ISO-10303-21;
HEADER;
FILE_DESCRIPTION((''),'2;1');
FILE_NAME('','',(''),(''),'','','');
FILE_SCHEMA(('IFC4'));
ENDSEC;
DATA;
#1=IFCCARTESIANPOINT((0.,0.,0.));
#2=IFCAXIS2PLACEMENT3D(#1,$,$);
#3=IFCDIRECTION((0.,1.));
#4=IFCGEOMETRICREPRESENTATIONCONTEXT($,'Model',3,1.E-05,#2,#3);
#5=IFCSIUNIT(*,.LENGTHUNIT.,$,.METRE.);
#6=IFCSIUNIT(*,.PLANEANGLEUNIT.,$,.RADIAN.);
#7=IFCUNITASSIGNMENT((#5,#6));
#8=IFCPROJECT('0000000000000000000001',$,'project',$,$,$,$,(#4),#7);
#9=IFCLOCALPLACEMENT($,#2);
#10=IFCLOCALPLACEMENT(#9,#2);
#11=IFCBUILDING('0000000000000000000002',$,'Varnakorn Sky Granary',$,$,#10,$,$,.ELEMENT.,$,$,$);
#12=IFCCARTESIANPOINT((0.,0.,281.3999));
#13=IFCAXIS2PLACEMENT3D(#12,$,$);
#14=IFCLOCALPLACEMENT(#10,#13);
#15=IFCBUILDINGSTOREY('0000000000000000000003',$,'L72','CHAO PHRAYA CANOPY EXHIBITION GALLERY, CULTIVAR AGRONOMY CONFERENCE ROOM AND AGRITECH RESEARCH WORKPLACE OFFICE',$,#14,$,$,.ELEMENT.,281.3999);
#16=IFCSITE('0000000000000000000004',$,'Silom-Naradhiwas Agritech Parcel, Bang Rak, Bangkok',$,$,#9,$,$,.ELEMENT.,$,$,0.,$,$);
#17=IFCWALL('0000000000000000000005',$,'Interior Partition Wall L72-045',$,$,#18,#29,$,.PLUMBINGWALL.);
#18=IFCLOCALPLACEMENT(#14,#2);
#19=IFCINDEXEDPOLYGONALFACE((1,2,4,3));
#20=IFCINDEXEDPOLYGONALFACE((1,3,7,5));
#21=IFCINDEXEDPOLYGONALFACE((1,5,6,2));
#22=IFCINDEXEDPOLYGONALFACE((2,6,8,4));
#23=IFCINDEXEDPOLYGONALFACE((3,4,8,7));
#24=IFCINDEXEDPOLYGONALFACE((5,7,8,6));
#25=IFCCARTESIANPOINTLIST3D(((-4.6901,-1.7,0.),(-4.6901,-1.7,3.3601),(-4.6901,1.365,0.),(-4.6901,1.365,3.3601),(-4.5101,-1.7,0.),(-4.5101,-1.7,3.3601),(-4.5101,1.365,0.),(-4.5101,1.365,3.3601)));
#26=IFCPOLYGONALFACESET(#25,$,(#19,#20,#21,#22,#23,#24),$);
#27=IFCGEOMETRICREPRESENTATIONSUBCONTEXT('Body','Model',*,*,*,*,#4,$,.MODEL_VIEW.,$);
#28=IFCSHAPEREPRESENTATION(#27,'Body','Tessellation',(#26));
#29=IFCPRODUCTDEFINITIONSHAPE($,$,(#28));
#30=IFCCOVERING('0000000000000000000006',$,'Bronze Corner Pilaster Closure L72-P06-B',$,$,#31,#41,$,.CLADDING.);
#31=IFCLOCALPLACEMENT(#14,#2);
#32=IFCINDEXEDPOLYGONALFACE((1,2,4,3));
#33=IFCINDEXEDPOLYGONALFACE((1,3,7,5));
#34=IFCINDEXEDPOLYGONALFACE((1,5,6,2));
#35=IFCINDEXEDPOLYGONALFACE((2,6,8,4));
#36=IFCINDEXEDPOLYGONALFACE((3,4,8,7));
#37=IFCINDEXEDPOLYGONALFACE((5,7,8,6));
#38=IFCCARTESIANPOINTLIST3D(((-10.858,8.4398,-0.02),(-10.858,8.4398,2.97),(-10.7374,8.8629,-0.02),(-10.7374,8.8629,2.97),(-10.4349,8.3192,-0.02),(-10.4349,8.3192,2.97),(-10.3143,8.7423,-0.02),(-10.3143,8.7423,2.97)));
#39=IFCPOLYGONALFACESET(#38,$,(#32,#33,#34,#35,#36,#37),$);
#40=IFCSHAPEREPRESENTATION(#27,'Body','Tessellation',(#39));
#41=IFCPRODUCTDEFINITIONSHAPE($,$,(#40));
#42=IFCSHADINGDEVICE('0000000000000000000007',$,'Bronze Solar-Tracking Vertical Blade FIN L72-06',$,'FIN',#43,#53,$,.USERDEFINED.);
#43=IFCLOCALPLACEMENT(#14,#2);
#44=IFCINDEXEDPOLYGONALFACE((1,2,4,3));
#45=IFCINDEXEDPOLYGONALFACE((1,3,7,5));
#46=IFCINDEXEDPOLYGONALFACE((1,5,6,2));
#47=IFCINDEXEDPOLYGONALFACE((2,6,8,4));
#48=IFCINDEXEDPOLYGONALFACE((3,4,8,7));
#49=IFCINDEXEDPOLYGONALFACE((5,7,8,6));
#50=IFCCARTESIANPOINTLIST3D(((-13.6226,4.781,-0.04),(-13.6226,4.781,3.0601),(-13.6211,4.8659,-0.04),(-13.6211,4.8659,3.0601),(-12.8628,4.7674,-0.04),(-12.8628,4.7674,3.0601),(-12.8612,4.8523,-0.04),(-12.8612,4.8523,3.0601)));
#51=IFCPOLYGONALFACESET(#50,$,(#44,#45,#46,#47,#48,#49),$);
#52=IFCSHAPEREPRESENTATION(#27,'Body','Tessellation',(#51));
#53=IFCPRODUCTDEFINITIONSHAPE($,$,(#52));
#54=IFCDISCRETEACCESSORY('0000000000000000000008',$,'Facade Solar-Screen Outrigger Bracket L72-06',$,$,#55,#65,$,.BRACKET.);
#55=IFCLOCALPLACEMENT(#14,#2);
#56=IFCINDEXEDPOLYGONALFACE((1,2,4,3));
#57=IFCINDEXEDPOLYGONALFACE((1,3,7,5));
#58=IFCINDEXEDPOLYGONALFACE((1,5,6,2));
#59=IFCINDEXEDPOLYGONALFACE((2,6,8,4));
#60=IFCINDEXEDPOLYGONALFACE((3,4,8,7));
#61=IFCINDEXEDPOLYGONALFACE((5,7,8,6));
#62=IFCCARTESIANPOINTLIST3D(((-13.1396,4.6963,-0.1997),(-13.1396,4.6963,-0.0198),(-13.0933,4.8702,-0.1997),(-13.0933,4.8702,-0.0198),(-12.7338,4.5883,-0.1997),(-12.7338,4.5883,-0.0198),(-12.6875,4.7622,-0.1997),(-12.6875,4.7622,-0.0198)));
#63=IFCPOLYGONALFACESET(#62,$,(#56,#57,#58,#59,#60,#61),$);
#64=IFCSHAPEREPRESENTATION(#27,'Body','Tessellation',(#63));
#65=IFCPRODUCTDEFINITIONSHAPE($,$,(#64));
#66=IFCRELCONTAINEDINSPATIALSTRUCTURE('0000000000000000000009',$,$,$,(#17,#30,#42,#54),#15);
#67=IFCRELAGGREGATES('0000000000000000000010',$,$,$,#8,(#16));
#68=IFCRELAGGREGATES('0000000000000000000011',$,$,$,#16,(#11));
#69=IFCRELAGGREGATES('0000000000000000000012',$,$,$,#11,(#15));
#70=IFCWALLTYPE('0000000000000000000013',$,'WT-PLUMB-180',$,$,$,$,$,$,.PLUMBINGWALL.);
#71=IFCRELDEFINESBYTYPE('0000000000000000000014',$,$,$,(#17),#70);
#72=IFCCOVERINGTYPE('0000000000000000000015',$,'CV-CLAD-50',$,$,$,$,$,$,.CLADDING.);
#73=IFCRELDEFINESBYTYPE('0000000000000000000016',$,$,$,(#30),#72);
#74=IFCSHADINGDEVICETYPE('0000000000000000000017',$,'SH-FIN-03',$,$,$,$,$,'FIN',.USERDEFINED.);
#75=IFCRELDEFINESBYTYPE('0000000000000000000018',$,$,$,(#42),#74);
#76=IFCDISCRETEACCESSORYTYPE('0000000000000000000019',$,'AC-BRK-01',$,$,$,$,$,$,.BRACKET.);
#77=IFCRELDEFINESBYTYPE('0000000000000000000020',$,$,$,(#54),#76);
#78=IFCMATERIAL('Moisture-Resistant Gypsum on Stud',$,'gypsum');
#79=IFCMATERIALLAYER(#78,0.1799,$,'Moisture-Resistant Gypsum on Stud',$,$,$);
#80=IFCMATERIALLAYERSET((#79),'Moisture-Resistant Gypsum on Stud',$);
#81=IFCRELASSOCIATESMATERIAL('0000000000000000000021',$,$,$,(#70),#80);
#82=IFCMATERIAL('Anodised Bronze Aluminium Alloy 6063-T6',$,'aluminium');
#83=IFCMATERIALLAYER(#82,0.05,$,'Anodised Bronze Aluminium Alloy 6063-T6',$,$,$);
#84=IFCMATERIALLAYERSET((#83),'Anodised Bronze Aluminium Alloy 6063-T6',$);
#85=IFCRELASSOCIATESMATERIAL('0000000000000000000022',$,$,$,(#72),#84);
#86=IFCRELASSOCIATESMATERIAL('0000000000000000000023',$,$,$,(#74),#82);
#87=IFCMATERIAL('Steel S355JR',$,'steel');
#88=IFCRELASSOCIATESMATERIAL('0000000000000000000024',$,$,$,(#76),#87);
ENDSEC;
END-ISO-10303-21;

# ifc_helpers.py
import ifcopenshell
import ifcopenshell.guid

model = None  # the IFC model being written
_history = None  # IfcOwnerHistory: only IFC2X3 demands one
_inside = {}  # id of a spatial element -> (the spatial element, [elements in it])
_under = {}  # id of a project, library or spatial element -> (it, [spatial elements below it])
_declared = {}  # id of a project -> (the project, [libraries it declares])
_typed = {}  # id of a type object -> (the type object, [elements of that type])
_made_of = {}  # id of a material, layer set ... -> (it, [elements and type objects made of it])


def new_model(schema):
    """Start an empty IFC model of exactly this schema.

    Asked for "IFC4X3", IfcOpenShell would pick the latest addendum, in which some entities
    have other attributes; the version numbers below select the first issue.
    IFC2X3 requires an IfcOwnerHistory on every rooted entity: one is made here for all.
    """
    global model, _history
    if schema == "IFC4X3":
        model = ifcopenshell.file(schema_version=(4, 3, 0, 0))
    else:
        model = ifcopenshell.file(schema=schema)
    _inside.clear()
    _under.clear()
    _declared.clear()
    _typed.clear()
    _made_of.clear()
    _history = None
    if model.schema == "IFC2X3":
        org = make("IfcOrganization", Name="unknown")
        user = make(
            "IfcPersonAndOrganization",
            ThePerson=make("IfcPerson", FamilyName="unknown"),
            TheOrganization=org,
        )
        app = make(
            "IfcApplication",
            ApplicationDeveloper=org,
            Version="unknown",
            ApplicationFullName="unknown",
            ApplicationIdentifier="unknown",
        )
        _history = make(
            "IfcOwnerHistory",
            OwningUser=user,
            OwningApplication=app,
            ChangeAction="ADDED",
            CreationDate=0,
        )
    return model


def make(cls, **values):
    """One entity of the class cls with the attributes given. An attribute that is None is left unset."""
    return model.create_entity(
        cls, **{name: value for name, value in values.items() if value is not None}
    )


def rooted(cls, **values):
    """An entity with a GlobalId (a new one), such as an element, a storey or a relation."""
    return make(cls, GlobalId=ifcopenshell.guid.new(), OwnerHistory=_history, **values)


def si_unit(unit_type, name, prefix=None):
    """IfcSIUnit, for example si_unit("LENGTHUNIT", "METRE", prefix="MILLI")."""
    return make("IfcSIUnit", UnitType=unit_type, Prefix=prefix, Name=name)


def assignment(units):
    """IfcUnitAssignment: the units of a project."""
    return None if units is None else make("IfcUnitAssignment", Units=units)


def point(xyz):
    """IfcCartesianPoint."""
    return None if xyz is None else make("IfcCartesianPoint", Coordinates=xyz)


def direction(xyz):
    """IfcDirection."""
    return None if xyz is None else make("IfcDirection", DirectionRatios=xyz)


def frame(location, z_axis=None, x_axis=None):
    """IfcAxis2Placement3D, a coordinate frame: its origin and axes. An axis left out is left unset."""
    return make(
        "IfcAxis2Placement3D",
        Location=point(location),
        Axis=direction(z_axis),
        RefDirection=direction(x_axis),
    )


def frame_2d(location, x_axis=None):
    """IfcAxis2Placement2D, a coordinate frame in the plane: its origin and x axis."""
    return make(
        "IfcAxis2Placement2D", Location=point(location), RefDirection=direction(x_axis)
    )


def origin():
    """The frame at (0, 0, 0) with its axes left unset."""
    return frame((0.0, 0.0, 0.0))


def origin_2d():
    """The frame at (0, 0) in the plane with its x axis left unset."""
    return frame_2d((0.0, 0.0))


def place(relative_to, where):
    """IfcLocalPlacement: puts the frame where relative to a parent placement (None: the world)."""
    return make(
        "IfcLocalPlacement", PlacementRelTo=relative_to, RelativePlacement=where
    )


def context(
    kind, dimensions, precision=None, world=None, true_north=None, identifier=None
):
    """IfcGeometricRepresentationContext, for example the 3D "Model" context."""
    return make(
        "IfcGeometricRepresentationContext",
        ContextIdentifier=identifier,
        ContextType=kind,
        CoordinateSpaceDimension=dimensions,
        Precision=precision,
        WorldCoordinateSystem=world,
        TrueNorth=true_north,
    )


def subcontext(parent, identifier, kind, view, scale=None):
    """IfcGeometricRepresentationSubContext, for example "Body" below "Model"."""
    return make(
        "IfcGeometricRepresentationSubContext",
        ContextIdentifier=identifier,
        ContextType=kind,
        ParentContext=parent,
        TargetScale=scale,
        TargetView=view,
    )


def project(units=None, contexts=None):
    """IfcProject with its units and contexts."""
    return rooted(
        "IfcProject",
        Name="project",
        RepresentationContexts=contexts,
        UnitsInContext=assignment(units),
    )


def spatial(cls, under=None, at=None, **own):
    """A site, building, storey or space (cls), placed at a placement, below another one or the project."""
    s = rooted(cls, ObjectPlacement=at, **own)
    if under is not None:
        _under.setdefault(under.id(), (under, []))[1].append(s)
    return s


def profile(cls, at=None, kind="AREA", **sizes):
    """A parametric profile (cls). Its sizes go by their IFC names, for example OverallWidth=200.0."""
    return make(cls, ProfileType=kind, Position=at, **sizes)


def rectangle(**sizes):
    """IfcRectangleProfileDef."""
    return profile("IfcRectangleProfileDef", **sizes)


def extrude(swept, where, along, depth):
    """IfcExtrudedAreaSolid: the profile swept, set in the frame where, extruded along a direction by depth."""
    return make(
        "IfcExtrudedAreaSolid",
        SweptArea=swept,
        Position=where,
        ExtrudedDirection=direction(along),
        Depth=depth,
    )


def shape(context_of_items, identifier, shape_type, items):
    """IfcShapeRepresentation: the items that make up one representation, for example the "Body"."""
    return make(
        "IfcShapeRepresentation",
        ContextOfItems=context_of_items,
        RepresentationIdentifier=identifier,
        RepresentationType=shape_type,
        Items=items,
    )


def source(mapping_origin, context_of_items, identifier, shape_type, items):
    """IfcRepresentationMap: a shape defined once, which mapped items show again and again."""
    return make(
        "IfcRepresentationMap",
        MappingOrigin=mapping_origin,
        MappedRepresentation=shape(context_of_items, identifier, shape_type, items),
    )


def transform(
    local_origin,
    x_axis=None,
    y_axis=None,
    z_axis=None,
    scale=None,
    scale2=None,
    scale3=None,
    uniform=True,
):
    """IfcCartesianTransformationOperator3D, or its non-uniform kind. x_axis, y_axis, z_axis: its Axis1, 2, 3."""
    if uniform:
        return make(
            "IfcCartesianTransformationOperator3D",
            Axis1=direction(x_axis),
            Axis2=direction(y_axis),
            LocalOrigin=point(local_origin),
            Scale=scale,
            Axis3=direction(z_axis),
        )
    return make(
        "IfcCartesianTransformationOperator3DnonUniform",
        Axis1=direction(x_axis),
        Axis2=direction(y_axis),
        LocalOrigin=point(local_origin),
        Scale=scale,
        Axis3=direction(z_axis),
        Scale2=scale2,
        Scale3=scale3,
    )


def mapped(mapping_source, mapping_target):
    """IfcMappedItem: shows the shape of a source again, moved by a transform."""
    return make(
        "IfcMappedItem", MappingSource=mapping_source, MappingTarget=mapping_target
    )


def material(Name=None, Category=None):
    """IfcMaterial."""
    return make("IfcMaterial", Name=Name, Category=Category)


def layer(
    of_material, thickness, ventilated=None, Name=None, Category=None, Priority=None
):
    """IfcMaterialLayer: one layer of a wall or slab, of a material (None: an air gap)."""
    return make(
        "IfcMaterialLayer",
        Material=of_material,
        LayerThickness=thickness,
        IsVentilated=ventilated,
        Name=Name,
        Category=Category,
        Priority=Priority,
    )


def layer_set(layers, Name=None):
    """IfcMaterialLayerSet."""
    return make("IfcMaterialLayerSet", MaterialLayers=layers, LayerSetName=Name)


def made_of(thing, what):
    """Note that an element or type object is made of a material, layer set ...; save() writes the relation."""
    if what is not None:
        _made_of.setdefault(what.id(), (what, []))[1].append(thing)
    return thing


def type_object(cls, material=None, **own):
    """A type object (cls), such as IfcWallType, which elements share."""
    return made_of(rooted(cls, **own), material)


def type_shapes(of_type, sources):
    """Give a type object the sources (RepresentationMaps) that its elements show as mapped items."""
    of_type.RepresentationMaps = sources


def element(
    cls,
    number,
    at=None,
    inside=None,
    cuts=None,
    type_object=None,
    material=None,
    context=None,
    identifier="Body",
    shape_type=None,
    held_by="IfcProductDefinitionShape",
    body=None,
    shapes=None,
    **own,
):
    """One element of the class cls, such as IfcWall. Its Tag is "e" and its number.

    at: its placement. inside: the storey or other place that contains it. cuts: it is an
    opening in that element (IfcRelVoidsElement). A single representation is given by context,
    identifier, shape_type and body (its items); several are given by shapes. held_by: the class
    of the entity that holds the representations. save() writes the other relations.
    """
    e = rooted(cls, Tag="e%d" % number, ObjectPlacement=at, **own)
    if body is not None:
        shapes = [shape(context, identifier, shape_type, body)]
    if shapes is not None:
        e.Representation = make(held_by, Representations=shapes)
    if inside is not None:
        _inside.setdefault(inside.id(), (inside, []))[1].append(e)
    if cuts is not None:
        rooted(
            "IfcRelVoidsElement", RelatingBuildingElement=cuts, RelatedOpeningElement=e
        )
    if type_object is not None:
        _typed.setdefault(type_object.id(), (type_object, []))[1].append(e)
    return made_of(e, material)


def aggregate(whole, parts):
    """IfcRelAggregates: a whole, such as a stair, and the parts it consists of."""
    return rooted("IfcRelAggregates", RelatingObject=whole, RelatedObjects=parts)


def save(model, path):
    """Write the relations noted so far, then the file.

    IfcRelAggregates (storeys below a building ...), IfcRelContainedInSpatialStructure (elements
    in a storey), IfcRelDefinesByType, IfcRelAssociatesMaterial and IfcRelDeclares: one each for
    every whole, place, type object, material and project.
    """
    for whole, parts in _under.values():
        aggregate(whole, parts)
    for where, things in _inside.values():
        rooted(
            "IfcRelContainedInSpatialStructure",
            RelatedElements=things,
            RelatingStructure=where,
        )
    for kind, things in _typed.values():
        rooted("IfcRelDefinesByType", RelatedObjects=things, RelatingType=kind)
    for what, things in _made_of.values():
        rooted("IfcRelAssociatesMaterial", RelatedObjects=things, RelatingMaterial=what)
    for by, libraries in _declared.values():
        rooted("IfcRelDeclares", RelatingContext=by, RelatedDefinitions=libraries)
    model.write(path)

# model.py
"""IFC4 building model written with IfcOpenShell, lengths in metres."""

from ifc_helpers import new_model, si_unit, direction, frame, frame_2d, origin, origin_2d, place, context, subcontext, project, spatial, rectangle, extrude, source, transform, mapped, material, layer, layer_set, type_object, type_shapes, element, save


model = new_model("IFC4")

# Units and contexts
model_context = context("Model", 3, precision=1e-05, world=origin(), true_north=direction((0.0, 1.0)))
body_context = subcontext(model_context, "Body", "Model", "MODEL_VIEW")
ifc_project = project(units=[si_unit("LENGTHUNIT", "METRE"), si_unit("PLANEANGLEUNIT", "RADIAN")], contexts=[model_context])

# Site, building, storey
site_placement = place(None, origin())
site = spatial("IfcSite", under=ifc_project, at=site_placement, Name="Silom-Naradhiwas Agritech Parcel, Bang Rak, Bangkok", CompositionType="ELEMENT", RefElevation=0.0)
building_placement = place(site_placement, origin())
building = spatial("IfcBuilding", under=site, at=building_placement, Name="Varnakorn Sky Granary", CompositionType="ELEMENT")
storey_placement = place(building_placement, frame((0.0, 0.0, 281.3999)))
storey = spatial("IfcBuildingStorey", under=building, at=storey_placement, Name="L72", Description="CHAO PHRAYA CANOPY EXHIBITION GALLERY, CULTIVAR AGRONOMY CONFERENCE ROOM AND AGRITECH RESEARCH WORKPLACE OFFICE", CompositionType="ELEMENT", Elevation=281.3999)

# Shared definitions
ifc_material_1 = material(Name="Steel S355JR", Category="steel")

# Shared definitions
ifc_material_2 = material(Name="Anodised Bronze Aluminium Alloy 6063-T6", Category="aluminium")

# Wall
ifc_material_3 = material(Name="Moisture-Resistant Gypsum on Stud", Category="gypsum")
ifc_layer_1 = layer(ifc_material_3, 0.1799, Name="Moisture-Resistant Gypsum on Stud")
ifc_layer_set_1 = layer_set([ifc_layer_1], Name="Moisture-Resistant Gypsum on Stud")
wall_type_1 = type_object("IfcWallType", Name="WT-PLUMB-180", PredefinedType="PLUMBINGWALL", material=ifc_layer_set_1)
wall_1_placement = place(storey_placement, frame((-4.6001, 1.365, 0.0), z_axis=(0.0, 0.0, 1.0), x_axis=(0.0, -1.0, 0.0)))
element("IfcWall", 1, at=wall_1_placement, inside=storey, type_object=wall_type_1, Name="Interior Partition Wall L72-045", PredefinedType="PLUMBINGWALL", context=body_context, shape_type="SweptSolid", body=[
    extrude(rectangle(XDim=3.0649, YDim=0.1799, at=frame_2d((1.5325, 0.0))), origin(), (0.0, 0.0, 1.0), 3.3601),
])

# Covering
ifc_layer_2 = layer(ifc_material_2, 0.05, Name="Anodised Bronze Aluminium Alloy 6063-T6")
ifc_layer_set_2 = layer_set([ifc_layer_2], Name="Anodised Bronze Aluminium Alloy 6063-T6")
covering_type = type_object("IfcCoveringType", Name="CV-CLAD-50", PredefinedType="CLADDING", material=ifc_layer_set_2)
shared_shape_1 = source(origin(), body_context, "Body", "SweptSolid", [
    extrude(rectangle(XDim=0.4399, YDim=0.4399, at=origin_2d()), origin(), (0.0, 0.0, 1.0), 2.99),
])
type_shapes(covering_type, [shared_shape_1])
covering_placement = place(storey_placement, frame((-10.5862, 8.5911, -0.02), z_axis=(0.0, 0.0, 1.0), x_axis=(0.274127, 0.961693, 0.0)))
element("IfcCovering", 2, at=covering_placement, inside=storey, type_object=covering_type, Name="Bronze Corner Pilaster Closure L72-P06-B", PredefinedType="CLADDING", context=body_context, shape_type="MappedRepresentation", body=[
    mapped(shared_shape_1, transform((0.0, 0.0, 0.0), x_axis=(1.0, 0.0, 0.0), y_axis=(0.0, 1.0, 0.0), z_axis=(0.0, 0.0, 1.0), scale=1.0)),
])

# Shading device
shading_device_type = type_object("IfcShadingDeviceType", Name="SH-FIN-03", ElementType="FIN", PredefinedType="USERDEFINED", material=ifc_material_2)
shared_shape_2 = source(origin(), body_context, "Body", "SweptSolid", [
    extrude(rectangle(XDim=0.085, YDim=0.76, at=origin_2d()), origin(), (0.0, 0.0, 1.0), 3.1001),
])
type_shapes(shading_device_type, [shared_shape_2])
shading_device_placement = place(storey_placement, frame((-13.2419, 4.8167, -0.04), z_axis=(0.0, 0.0, 1.0), x_axis=(-0.017907, -0.99984, 0.0)))
element("IfcShadingDevice", 3, at=shading_device_placement, inside=storey, type_object=shading_device_type, Name="Bronze Solar-Tracking Vertical Blade FIN L72-06", ObjectType="FIN", PredefinedType="USERDEFINED", context=body_context, shape_type="MappedRepresentation", body=[
    mapped(shared_shape_2, transform((0.0, 0.0, 0.0), x_axis=(1.0, 0.0, 0.0), y_axis=(0.0, 1.0, 0.0), z_axis=(0.0, 0.0, 1.0), scale=1.0)),
])

# Discrete accessory
discrete_accessory_type = type_object("IfcDiscreteAccessoryType", Name="AC-BRK-01", PredefinedType="BRACKET", material=ifc_material_1)
shared_shape_3 = source(origin(), body_context, "Body", "SweptSolid", [
    extrude(rectangle(XDim=0.1799, YDim=0.4199, at=origin_2d()), origin(), (0.0, 0.0, 1.0), 0.1799),
])
type_shapes(discrete_accessory_type, [shared_shape_3])
discrete_accessory_placement = place(storey_placement, frame((-12.9136, 4.7292, -0.1997), z_axis=(0.0, 0.0, 1.0), x_axis=(-0.257269, -0.96634, 0.0)))
element("IfcDiscreteAccessory", 4, at=discrete_accessory_placement, inside=storey, type_object=discrete_accessory_type, Name="Facade Solar-Screen Outrigger Bracket L72-06", PredefinedType="BRACKET", context=body_context, shape_type="MappedRepresentation", body=[
    mapped(shared_shape_3, transform((0.0, 0.0, 0.0), x_axis=(1.0, 0.0, 0.0), y_axis=(0.0, 1.0, 0.0), z_axis=(0.0, 0.0, 1.0), scale=1.0)),
])

save(model, "model.ifc")
